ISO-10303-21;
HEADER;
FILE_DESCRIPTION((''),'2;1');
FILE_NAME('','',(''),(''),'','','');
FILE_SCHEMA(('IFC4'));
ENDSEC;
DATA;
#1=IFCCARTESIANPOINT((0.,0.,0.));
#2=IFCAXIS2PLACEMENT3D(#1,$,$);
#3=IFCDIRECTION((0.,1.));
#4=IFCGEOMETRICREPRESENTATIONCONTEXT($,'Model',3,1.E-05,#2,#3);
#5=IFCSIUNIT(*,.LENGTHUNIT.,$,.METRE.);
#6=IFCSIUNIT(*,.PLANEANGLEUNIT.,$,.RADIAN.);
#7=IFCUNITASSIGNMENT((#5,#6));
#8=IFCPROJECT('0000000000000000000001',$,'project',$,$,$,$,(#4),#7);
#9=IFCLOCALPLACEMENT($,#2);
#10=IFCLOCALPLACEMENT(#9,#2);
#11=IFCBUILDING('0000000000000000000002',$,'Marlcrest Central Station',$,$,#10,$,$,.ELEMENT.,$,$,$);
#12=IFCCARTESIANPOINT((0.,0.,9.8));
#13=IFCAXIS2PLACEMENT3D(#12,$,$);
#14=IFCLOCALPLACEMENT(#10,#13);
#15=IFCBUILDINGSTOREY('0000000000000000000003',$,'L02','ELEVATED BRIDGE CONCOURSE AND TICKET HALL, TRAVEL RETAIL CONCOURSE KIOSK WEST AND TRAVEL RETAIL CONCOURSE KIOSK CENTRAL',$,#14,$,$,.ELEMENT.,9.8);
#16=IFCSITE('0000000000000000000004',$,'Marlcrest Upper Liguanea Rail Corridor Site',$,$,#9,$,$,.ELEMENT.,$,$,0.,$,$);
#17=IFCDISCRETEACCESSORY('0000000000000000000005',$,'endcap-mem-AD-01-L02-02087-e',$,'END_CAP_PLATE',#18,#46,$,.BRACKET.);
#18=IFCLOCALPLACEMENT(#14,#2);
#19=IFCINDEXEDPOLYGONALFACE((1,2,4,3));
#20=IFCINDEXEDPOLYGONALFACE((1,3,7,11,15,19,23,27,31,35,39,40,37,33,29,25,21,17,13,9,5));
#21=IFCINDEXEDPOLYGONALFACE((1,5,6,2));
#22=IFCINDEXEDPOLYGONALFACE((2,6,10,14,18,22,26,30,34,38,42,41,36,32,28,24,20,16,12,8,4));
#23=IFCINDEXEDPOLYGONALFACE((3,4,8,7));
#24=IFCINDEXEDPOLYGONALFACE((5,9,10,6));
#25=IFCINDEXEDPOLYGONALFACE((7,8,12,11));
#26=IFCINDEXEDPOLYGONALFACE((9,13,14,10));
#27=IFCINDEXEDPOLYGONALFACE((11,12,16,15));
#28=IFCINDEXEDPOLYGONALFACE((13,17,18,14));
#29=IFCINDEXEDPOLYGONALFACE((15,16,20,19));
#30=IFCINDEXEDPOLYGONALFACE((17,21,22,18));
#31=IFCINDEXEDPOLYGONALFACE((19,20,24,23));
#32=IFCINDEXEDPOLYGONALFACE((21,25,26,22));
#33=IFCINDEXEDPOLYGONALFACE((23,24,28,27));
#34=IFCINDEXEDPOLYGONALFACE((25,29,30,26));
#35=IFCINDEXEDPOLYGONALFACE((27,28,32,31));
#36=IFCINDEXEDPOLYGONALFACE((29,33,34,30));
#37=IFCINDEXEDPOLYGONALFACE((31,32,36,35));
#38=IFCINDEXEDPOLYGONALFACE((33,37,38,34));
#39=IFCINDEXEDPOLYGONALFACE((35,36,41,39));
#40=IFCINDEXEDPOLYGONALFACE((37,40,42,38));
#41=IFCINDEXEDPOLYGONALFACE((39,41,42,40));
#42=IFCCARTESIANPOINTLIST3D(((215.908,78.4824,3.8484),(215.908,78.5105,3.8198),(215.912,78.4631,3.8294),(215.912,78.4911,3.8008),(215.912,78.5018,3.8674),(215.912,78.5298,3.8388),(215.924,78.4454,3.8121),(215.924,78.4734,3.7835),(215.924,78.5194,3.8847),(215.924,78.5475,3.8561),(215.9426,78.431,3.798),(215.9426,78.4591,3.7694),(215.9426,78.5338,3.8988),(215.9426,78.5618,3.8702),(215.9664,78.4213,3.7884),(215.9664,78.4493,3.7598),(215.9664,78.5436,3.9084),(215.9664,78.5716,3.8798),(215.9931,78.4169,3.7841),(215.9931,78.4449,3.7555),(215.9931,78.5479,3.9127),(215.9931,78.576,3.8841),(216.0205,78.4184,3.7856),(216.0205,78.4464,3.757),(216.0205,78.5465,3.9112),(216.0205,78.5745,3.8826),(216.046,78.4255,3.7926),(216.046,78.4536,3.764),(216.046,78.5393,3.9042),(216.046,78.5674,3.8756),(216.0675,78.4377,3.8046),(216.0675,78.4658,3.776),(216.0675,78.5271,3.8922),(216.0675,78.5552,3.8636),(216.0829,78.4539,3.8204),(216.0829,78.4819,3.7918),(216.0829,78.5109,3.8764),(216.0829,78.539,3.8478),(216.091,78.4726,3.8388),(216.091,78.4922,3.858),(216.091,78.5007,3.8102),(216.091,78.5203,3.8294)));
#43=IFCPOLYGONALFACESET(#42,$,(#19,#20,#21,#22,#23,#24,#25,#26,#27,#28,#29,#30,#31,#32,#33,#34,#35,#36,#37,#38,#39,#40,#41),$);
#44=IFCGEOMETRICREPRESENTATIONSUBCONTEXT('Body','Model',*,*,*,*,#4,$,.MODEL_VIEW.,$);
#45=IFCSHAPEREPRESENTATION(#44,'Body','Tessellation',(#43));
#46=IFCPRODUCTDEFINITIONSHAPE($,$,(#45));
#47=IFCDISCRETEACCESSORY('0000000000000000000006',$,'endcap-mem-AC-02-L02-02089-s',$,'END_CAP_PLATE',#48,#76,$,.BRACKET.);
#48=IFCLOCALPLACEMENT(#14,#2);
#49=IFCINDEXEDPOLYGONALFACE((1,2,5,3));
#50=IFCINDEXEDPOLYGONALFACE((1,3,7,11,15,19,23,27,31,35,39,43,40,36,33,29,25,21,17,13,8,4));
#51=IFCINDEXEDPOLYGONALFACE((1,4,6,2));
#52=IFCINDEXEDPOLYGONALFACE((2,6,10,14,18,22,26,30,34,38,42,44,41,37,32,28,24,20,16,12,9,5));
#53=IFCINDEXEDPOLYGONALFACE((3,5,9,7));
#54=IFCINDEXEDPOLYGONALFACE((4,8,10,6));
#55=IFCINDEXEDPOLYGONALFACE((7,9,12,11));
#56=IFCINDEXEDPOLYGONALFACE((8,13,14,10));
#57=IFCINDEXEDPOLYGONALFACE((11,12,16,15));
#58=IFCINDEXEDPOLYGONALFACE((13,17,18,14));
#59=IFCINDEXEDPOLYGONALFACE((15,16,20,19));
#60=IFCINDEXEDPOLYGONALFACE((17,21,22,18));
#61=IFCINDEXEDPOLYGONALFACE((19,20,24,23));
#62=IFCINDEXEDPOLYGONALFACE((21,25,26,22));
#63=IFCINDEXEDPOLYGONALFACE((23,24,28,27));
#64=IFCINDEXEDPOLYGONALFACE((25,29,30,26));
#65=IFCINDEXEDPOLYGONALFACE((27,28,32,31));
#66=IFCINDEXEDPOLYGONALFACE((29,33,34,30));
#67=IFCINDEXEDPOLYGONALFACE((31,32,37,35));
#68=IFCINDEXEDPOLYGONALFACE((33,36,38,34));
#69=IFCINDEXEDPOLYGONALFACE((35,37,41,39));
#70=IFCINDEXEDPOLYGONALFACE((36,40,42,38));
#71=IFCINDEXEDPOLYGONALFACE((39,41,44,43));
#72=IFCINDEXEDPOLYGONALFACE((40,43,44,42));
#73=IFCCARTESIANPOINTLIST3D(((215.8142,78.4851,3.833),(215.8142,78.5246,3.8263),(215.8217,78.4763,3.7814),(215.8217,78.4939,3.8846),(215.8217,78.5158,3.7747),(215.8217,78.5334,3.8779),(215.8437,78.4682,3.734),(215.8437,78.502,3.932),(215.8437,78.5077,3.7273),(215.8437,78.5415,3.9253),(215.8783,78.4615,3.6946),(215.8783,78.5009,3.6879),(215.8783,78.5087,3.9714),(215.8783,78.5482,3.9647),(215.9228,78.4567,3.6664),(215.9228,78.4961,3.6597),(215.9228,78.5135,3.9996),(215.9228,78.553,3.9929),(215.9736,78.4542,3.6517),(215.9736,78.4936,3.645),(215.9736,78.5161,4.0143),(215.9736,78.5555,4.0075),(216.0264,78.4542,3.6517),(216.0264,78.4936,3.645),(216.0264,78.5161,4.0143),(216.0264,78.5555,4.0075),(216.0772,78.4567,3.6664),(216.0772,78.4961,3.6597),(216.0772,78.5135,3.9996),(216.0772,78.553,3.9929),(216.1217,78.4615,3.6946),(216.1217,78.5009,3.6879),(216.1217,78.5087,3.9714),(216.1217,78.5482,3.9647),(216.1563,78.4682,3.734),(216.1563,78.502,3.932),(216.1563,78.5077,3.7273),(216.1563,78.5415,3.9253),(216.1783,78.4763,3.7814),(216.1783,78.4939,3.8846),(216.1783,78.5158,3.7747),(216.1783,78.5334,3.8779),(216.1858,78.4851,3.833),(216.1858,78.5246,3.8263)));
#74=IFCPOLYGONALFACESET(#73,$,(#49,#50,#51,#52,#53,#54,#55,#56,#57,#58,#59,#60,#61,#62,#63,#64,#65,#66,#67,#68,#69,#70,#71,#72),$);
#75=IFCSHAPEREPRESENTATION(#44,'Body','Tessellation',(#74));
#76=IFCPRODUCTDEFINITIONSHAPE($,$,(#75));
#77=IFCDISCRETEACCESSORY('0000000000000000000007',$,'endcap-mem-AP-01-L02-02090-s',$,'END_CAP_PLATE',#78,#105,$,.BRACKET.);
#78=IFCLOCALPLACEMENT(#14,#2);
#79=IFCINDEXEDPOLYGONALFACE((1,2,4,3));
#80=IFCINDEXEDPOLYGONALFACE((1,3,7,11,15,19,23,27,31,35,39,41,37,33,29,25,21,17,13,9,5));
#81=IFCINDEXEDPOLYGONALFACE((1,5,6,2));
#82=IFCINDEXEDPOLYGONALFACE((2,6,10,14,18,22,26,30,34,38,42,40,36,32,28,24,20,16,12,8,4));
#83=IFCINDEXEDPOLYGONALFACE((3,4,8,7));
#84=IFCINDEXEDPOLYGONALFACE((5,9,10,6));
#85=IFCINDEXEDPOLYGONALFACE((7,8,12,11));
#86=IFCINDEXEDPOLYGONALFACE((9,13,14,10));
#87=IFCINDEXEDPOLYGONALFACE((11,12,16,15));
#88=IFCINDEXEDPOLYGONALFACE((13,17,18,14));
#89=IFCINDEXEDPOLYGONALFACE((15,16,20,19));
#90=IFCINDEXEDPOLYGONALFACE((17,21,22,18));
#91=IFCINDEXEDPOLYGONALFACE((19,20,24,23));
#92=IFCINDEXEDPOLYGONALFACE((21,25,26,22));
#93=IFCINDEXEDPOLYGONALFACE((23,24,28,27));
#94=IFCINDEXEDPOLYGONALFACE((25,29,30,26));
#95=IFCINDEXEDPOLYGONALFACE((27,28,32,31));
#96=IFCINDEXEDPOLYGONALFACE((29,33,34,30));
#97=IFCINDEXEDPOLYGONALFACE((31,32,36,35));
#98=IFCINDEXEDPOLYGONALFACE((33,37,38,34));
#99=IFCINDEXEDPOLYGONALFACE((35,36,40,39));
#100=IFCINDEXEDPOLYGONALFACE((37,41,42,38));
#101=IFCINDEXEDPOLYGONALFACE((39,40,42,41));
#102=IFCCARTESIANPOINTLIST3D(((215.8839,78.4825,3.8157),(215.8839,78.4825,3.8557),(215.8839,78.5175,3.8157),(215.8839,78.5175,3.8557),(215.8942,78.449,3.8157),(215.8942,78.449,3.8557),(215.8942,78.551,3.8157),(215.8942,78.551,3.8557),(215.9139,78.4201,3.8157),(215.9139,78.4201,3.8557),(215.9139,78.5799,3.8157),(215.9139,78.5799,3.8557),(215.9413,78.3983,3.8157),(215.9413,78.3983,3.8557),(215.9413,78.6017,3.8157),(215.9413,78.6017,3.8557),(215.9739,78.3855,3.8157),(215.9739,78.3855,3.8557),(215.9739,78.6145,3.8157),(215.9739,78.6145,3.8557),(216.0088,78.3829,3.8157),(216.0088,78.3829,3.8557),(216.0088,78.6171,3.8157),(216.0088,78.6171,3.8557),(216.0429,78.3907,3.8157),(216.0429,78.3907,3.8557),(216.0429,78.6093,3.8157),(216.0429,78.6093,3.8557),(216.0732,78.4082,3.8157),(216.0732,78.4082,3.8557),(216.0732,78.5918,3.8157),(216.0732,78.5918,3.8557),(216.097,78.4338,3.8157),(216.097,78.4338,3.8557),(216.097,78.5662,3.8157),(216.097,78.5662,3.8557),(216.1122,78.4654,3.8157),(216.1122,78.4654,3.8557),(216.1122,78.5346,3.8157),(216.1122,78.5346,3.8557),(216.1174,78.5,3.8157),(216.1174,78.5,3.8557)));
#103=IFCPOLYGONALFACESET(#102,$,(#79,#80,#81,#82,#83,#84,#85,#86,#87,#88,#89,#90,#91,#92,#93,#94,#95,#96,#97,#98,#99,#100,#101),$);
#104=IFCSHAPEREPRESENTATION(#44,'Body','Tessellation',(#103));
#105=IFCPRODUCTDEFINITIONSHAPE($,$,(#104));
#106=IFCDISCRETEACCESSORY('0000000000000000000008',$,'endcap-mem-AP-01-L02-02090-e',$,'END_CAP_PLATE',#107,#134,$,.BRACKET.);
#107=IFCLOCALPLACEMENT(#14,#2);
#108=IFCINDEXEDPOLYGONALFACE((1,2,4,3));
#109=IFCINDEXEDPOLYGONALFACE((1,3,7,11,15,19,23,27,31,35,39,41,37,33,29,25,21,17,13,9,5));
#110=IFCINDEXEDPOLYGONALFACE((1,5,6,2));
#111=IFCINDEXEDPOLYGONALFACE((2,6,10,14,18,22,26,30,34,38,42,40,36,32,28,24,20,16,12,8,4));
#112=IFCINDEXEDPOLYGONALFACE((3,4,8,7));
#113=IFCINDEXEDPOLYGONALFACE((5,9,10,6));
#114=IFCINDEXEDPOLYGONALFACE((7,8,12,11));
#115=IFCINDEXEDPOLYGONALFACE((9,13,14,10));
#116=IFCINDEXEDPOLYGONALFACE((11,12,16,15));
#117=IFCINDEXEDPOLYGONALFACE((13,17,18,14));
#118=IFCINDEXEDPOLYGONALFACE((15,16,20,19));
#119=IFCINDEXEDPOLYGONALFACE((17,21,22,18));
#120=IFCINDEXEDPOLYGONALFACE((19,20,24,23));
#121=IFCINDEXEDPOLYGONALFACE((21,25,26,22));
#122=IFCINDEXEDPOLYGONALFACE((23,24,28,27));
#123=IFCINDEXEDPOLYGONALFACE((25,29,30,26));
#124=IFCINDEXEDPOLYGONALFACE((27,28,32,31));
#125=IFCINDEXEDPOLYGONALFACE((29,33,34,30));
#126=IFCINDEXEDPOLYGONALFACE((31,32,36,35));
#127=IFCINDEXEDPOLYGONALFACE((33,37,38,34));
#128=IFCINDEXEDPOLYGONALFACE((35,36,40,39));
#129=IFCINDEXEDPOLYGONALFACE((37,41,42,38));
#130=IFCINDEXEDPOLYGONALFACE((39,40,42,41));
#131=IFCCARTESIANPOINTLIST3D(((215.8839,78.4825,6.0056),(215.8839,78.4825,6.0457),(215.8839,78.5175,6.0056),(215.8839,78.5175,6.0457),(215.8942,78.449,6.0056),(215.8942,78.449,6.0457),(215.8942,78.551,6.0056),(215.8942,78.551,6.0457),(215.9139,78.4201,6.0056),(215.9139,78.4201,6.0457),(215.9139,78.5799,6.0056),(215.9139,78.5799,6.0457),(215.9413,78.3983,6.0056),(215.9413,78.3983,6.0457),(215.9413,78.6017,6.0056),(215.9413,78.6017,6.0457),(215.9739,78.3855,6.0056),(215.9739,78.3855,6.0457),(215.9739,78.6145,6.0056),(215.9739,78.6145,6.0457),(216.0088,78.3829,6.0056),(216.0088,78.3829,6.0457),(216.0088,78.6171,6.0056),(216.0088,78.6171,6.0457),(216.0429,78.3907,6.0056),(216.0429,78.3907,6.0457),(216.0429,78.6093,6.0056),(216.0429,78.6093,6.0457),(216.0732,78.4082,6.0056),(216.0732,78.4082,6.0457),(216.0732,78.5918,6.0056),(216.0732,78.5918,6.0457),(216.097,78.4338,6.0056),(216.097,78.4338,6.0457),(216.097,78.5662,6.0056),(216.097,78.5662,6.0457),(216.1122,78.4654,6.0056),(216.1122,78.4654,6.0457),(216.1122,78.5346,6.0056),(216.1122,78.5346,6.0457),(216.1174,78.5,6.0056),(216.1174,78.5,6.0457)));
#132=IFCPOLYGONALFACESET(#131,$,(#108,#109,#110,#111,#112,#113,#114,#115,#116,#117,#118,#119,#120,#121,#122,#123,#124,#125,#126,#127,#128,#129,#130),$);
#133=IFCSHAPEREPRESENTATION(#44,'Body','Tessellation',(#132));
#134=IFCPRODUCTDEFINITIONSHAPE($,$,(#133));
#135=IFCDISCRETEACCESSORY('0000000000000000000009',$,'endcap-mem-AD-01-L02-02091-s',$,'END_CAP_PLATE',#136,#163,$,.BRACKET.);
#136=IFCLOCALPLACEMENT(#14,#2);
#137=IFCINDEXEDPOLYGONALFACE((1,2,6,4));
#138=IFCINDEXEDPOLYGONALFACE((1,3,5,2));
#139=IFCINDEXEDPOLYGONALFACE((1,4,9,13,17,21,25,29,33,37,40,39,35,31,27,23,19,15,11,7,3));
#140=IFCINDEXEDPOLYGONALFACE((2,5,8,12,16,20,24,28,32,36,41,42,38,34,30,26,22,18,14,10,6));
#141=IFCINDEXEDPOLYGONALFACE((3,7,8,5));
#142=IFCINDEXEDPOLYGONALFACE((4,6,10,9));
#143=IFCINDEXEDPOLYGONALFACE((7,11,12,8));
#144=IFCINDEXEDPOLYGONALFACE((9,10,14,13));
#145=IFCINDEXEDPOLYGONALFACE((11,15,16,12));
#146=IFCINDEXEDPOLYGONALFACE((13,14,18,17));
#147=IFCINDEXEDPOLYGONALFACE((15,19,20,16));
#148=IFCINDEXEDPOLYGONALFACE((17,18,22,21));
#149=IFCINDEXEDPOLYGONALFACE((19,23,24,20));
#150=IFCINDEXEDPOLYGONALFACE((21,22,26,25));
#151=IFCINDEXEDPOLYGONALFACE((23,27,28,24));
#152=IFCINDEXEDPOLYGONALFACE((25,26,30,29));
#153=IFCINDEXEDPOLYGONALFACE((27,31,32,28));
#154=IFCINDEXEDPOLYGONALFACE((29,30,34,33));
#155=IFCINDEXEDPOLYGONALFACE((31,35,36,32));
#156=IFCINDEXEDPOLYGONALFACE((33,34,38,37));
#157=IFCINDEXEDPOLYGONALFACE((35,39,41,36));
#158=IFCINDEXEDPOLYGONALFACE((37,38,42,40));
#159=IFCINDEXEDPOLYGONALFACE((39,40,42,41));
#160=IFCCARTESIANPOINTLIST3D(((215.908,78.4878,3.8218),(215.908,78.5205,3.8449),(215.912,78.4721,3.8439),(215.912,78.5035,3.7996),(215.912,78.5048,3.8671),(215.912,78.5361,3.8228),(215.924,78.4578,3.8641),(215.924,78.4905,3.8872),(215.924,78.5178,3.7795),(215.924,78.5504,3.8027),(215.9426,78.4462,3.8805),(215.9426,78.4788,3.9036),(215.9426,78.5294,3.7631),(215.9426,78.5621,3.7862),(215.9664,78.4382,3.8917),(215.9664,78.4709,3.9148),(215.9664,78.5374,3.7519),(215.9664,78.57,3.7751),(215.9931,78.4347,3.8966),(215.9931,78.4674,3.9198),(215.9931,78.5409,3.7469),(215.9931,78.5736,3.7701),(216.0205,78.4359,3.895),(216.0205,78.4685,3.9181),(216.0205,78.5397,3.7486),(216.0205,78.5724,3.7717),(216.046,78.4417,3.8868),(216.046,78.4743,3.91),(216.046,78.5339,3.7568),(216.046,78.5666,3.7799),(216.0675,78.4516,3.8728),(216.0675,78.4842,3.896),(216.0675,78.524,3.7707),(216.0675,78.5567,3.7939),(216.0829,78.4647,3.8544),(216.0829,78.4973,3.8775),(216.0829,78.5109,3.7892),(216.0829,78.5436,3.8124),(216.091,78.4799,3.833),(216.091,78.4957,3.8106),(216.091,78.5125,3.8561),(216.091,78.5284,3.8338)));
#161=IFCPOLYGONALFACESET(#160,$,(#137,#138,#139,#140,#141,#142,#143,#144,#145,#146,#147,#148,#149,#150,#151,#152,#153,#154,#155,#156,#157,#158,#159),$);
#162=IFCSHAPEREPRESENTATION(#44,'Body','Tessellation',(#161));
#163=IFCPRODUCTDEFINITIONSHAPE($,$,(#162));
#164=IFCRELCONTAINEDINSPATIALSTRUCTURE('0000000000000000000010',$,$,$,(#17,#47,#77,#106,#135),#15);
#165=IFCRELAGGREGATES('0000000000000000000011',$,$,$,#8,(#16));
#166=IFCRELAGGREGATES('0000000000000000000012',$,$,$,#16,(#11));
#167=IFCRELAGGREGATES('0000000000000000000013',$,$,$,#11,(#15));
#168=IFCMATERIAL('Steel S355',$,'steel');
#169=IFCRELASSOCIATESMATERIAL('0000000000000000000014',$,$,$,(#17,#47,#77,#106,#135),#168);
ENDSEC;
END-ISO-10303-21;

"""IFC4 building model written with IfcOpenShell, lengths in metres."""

from ifc_helpers import new_model, si_unit, direction, frame, origin, origin_2d, place, context, subcontext, project, spatial, circle, extrude, material, element, save


model = new_model("IFC4")

# Units and contexts
model_context = context("Model", 3, precision=1e-05, world=origin(), true_north=direction((0.0, 1.0)))
body_context = subcontext(model_context, "Body", "Model", "MODEL_VIEW")
ifc_project = project(units=[si_unit("LENGTHUNIT", "METRE"), si_unit("PLANEANGLEUNIT", "RADIAN")], contexts=[model_context])

# Site, building, storey
site_placement = place(None, origin())
site = spatial("IfcSite", under=ifc_project, at=site_placement, Name="Marlcrest Upper Liguanea Rail Corridor Site", CompositionType="ELEMENT", RefElevation=0.0)
building_placement = place(site_placement, origin())
building = spatial("IfcBuilding", under=site, at=building_placement, Name="Marlcrest Central Station", CompositionType="ELEMENT")
storey_placement = place(building_placement, frame((0.0, 0.0, 9.8)))
storey = spatial("IfcBuildingStorey", under=building, at=storey_placement, Name="L02", Description="ELEVATED BRIDGE CONCOURSE AND TICKET HALL, TRAVEL RETAIL CONCOURSE KIOSK WEST AND TRAVEL RETAIL CONCOURSE KIOSK CENTRAL", CompositionType="ELEMENT", Elevation=9.8)

# Shared definitions
ifc_material = material(Name="Steel S355", Category="steel")

# Discrete accessories
for number, where, z_axis, x_axis, name in (
    (1, (216.0, 78.4824, 3.8484), (0.0, 0.700235, -0.713912), (-1.0, 0.0, 0.0), "endcap-mem-AD-01-L02-02087-e"),
):
    element("IfcDiscreteAccessory", number, at=place(storey_placement, frame(where, z_axis=z_axis, x_axis=x_axis)), inside=storey, material=ifc_material, Name=name, ObjectType="END_CAP_PLATE", PredefinedType="BRACKET", context=body_context, shape_type="SweptSolid", body=[
        extrude(circle(Radius=0.092, at=origin_2d()), origin(), (0.0, 0.0, 1.0), 0.04),
    ])
discrete_accessory_1_placement = place(storey_placement, frame((216.0, 78.4851, 3.833), z_axis=(0.0, 0.985741, -0.168269), x_axis=(-1.0, 0.0, 0.0)))
element("IfcDiscreteAccessory", 2, at=discrete_accessory_1_placement, inside=storey, material=ifc_material, Name="endcap-mem-AC-02-L02-02089-s", ObjectType="END_CAP_PLATE", PredefinedType="BRACKET", context=body_context, shape_type="SweptSolid", body=[
    extrude(circle(Radius=0.1858, at=origin_2d()), origin(), (0.0, 0.0, 1.0), 0.04),
])
for number, where, z_axis, x_axis, name in (
    (3, (216.0, 78.5, 3.8157), (0.0, 0.0, 1.0), (1.0, 0.0, 0.0), "endcap-mem-AP-01-L02-02090-s"),
    (4, (216.0, 78.5, 6.0056), (0.0, 0.0, 1.0), (1.0, 0.0, 0.0), "endcap-mem-AP-01-L02-02090-e"),
):
    element("IfcDiscreteAccessory", number, at=place(storey_placement, frame(where, z_axis=z_axis, x_axis=x_axis)), inside=storey, material=ifc_material, Name=name, ObjectType="END_CAP_PLATE", PredefinedType="BRACKET", context=body_context, shape_type="SweptSolid", body=[
        extrude(circle(Radius=0.1174, at=origin_2d()), origin(), (0.0, 0.0, 1.0), 0.04),
    ])
discrete_accessory_2_placement = place(storey_placement, frame((216.0, 78.4878, 3.8218), z_axis=(0.0, 0.815661, 0.57853), x_axis=(-1.0, 0.0, 0.0)))
element("IfcDiscreteAccessory", 5, at=discrete_accessory_2_placement, inside=storey, material=ifc_material, Name="endcap-mem-AD-01-L02-02091-s", ObjectType="END_CAP_PLATE", PredefinedType="BRACKET", context=body_context, shape_type="SweptSolid", body=[
    extrude(circle(Radius=0.092, at=origin_2d()), origin(), (0.0, 0.0, 1.0), 0.04),
])

save(model, "model.ifc")
